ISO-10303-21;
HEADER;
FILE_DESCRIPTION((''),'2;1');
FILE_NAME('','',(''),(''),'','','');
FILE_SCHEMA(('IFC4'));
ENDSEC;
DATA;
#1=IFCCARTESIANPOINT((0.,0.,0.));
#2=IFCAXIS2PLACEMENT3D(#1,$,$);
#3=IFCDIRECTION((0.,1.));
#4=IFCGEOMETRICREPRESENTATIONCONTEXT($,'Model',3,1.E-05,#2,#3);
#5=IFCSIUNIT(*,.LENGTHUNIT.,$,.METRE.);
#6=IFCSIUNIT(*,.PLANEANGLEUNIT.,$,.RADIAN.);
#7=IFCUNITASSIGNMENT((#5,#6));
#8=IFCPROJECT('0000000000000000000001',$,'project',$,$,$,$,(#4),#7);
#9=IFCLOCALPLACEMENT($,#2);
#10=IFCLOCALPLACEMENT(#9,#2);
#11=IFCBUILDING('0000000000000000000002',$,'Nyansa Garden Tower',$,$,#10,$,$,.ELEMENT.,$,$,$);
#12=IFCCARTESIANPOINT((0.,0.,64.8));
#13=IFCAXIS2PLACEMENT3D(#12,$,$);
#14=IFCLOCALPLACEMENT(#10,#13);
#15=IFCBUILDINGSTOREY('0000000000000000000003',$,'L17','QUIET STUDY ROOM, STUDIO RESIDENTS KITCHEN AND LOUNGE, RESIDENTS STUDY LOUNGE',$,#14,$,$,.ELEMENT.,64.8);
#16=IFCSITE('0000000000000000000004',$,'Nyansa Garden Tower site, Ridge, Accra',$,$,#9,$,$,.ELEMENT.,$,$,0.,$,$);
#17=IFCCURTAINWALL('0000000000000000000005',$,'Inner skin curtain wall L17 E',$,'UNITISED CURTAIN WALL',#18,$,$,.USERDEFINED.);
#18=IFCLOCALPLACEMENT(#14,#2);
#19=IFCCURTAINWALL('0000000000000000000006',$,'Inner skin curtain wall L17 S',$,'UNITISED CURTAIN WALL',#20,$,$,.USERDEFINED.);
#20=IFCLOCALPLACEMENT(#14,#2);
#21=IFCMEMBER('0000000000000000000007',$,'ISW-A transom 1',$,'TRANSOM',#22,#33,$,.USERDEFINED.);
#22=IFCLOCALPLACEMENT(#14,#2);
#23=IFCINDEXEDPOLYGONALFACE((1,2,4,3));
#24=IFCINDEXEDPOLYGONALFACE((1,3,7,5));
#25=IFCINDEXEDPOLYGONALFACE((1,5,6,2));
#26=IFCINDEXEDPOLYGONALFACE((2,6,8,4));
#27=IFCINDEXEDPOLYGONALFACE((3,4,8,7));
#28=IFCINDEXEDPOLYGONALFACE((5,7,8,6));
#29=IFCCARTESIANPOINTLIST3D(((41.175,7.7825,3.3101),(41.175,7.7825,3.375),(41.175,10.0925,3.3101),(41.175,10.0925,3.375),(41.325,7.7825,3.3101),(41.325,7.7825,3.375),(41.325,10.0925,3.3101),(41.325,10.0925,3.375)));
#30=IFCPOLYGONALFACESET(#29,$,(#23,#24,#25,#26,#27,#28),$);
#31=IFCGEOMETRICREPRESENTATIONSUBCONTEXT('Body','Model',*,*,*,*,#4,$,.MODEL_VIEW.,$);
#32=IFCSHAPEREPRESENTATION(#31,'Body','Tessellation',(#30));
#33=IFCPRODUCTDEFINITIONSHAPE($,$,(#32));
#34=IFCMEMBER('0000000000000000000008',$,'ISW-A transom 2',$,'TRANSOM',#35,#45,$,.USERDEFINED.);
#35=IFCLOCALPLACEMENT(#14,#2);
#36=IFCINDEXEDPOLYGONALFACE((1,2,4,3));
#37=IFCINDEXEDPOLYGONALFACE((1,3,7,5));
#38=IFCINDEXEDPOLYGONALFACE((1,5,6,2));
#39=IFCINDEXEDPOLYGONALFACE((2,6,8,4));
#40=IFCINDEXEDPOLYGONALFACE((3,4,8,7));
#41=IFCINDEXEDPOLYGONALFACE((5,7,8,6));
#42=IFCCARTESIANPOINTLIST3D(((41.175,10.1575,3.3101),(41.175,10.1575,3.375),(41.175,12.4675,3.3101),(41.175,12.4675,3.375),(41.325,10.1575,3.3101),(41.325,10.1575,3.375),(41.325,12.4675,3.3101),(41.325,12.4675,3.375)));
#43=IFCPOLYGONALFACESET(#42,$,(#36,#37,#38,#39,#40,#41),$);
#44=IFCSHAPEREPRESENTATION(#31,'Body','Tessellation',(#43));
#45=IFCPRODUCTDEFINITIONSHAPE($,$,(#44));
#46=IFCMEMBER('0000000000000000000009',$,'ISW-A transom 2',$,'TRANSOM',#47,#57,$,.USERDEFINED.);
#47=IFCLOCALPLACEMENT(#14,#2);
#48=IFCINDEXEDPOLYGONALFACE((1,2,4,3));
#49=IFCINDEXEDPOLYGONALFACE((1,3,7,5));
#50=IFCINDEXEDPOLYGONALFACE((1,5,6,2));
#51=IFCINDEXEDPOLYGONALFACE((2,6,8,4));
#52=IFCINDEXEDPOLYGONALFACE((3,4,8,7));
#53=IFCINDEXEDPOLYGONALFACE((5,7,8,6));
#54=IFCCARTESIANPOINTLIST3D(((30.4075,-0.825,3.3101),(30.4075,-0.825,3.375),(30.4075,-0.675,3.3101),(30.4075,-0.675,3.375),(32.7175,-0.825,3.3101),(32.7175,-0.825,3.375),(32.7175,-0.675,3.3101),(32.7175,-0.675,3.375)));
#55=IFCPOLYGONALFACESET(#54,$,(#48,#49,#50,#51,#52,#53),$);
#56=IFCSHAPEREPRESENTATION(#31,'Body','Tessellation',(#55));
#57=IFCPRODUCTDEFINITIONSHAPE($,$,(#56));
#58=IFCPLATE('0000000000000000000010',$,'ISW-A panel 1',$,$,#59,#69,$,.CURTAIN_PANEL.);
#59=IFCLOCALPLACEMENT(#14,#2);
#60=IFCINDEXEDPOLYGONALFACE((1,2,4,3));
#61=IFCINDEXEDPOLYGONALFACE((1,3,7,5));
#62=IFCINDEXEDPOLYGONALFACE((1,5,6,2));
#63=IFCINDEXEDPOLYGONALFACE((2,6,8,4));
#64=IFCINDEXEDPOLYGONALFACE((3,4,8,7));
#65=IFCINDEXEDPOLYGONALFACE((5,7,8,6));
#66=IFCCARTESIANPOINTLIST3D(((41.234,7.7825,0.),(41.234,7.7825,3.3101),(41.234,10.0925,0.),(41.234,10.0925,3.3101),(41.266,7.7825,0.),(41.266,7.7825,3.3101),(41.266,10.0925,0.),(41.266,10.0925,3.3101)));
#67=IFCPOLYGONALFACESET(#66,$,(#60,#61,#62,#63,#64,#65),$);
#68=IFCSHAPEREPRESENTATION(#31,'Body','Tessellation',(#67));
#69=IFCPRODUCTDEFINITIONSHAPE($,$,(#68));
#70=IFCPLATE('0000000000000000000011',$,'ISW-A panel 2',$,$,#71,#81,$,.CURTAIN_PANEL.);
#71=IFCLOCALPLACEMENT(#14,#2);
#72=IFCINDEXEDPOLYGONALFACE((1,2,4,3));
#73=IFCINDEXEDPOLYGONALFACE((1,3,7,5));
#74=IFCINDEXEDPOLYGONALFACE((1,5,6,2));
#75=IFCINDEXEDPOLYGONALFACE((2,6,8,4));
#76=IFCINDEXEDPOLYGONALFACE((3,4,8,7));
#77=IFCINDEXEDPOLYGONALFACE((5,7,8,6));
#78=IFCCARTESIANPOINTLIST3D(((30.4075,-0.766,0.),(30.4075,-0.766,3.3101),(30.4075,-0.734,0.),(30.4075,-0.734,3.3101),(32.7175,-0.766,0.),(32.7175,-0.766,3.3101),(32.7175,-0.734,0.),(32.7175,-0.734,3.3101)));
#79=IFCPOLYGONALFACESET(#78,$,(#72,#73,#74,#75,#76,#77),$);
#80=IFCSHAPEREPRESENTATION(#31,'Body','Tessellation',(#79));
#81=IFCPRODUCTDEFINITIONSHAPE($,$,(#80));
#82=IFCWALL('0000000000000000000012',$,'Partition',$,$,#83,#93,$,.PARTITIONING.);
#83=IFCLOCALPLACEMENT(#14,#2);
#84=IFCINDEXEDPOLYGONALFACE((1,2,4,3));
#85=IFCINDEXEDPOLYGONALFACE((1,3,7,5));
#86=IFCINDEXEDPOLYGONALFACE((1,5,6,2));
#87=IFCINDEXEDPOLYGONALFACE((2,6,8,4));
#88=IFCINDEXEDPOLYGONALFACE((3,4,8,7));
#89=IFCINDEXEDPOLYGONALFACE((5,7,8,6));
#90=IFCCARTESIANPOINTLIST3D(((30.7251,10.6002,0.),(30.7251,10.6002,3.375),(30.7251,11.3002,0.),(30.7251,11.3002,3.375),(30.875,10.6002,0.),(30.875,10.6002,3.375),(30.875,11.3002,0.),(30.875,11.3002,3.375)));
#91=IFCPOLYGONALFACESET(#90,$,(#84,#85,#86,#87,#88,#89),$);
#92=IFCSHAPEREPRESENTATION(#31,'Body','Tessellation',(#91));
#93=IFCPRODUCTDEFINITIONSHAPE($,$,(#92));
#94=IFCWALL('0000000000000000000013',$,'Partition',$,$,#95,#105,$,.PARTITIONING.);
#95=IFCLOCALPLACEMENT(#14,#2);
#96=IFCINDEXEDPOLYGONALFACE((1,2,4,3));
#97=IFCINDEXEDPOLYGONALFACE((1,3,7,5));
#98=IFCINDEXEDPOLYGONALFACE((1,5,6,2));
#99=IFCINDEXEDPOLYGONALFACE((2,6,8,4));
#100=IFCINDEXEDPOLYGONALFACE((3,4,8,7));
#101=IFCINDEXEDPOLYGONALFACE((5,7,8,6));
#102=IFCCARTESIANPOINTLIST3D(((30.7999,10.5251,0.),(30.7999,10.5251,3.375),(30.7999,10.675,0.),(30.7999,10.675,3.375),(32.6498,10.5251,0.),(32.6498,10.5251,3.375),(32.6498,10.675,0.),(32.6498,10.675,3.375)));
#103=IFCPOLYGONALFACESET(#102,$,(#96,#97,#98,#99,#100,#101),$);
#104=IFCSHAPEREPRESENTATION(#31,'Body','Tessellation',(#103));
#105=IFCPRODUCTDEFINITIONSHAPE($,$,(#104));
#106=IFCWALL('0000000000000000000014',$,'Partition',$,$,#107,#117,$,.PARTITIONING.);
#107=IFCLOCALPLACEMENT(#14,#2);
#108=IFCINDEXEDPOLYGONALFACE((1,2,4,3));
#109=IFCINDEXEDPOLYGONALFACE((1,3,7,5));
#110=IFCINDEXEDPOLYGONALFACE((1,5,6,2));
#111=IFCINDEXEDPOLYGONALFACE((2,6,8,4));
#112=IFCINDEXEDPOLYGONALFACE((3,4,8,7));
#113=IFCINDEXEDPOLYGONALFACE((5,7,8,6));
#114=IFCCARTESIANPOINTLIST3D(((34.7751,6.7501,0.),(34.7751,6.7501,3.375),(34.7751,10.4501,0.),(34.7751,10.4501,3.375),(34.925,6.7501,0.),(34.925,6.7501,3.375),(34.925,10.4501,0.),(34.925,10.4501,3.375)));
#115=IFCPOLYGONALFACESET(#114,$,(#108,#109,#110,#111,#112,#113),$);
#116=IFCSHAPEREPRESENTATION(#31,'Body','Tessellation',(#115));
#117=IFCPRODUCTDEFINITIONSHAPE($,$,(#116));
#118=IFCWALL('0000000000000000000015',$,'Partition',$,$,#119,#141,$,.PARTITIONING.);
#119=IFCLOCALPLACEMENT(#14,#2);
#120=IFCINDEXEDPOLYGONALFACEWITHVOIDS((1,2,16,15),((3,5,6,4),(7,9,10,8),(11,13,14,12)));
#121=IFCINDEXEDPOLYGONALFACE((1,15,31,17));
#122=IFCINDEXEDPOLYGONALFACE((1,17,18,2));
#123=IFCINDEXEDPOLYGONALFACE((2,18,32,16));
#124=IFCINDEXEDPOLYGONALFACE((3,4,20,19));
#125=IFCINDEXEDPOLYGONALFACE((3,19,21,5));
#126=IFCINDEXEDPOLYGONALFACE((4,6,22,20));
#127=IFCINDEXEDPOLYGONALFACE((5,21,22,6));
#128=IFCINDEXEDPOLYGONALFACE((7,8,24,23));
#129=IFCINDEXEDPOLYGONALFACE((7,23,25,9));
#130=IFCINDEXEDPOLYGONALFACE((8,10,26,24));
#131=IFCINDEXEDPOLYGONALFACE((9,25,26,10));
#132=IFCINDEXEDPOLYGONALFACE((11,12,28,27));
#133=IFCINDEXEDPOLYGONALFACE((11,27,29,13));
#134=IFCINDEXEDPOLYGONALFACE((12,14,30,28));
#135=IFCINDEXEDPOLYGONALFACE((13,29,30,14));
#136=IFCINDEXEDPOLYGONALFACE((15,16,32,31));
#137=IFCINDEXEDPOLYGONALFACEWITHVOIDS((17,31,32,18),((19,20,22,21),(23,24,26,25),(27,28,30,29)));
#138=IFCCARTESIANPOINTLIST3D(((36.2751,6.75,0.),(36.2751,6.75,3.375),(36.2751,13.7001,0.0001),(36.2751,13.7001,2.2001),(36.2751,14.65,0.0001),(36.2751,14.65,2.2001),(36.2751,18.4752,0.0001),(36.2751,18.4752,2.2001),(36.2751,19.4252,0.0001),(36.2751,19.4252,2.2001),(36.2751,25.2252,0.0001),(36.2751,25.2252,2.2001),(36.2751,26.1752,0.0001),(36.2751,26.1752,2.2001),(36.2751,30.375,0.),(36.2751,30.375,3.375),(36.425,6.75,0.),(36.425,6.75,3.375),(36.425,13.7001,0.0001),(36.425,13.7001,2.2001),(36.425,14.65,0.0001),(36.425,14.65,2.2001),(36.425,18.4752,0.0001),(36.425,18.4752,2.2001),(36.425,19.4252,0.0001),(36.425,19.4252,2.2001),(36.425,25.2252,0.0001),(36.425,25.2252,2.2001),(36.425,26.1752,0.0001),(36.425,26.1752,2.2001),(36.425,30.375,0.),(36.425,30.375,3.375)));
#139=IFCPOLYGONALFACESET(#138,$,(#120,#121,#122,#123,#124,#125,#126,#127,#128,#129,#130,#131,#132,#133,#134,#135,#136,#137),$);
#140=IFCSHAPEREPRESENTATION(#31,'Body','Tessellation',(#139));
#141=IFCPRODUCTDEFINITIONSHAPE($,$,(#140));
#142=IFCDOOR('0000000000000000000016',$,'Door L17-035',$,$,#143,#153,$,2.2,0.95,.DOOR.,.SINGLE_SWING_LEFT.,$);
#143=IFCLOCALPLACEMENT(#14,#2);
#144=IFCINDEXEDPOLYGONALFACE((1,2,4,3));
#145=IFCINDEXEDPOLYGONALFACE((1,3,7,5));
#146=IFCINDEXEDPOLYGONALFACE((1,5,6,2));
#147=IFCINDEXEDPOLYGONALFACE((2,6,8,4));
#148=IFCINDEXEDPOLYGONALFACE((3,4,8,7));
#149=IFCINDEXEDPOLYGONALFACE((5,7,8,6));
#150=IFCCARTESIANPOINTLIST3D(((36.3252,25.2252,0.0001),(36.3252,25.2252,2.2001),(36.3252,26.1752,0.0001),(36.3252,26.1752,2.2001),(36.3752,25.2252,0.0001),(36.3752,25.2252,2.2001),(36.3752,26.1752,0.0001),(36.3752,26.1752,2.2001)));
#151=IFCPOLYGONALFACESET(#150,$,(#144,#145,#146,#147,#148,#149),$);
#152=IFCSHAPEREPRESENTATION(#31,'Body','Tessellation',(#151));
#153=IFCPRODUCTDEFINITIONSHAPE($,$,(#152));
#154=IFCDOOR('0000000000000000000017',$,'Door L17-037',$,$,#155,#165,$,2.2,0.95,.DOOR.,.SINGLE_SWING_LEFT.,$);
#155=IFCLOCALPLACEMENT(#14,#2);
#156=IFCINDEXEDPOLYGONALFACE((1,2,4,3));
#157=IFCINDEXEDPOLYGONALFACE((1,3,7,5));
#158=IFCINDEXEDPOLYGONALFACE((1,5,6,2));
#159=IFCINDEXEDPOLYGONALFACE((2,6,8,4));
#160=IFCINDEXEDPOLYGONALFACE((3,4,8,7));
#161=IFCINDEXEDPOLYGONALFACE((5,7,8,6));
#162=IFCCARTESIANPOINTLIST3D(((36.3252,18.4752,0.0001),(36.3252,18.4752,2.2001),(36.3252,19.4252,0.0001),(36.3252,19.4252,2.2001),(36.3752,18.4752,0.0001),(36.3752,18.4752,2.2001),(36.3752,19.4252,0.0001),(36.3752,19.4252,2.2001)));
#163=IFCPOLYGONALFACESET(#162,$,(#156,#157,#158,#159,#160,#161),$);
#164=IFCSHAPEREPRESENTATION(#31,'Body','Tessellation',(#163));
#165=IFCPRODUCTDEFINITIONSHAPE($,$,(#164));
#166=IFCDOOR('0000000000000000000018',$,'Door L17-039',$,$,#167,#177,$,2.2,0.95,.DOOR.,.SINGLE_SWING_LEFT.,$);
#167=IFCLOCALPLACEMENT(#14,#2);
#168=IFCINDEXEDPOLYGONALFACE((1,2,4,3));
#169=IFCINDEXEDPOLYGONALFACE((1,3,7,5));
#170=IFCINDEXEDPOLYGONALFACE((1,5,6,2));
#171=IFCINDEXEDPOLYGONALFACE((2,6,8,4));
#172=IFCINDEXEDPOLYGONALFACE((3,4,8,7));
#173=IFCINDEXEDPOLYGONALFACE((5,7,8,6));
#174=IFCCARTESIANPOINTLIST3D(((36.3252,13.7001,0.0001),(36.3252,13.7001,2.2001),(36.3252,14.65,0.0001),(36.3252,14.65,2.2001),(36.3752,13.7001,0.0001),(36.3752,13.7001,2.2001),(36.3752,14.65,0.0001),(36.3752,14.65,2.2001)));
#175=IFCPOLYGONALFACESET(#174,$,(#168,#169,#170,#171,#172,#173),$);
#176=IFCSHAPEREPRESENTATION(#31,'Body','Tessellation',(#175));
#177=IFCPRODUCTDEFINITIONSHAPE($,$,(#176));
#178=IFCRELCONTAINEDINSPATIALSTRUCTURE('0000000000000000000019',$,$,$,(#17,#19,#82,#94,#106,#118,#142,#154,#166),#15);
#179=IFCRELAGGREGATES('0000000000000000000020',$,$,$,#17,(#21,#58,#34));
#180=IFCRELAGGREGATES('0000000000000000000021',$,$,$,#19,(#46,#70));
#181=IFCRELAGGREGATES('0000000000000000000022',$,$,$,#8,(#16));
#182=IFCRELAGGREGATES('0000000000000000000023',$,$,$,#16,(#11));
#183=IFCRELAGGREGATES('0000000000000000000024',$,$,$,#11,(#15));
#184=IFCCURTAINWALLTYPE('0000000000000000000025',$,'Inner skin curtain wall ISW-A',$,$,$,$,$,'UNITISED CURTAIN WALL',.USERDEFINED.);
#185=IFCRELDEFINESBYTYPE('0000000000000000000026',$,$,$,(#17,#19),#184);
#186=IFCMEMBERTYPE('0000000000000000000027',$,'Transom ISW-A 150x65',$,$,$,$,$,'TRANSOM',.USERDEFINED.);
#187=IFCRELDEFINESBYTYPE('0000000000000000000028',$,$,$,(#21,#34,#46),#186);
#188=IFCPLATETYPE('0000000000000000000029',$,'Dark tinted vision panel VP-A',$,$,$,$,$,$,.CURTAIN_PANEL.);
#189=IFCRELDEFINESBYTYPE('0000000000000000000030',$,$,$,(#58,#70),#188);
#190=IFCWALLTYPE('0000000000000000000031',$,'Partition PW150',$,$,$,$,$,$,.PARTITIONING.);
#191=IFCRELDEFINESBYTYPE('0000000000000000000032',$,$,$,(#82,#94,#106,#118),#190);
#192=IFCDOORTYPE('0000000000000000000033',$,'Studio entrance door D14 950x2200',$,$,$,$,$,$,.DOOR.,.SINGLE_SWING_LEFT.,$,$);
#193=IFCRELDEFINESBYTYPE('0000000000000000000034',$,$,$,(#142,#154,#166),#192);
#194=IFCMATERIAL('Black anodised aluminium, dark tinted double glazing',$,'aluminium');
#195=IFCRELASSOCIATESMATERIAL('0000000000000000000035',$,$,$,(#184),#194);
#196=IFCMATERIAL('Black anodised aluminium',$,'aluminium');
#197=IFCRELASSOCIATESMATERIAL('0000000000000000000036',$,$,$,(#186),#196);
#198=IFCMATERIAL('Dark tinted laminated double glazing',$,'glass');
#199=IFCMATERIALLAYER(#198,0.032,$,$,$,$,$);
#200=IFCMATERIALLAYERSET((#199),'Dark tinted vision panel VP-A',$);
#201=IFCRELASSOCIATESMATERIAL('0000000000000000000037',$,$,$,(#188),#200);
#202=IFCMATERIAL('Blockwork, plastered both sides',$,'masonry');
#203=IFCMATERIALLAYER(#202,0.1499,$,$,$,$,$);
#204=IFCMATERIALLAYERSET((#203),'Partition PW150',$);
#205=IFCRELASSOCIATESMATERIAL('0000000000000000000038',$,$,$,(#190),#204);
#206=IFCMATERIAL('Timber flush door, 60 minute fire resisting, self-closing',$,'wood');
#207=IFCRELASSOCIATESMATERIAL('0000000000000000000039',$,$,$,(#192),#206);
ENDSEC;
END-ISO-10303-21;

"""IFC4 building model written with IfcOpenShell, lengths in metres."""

from ifc_helpers import new_model, si_unit, direction, frame, frame_2d, origin, origin_2d, place, context, subcontext, project, spatial, rectangle, extrude, material, layer, layer_set, material_profile, profile_set, type_object, element, fill, aggregate, save


model = new_model("IFC4")

# Units and contexts
model_context = context("Model", 3, precision=1e-05, world=origin(), true_north=direction((0.0, 1.0)))
body_context = subcontext(model_context, "Body", "Model", "MODEL_VIEW")
ifc_project = project(units=[si_unit("LENGTHUNIT", "METRE"), si_unit("PLANEANGLEUNIT", "RADIAN")], contexts=[model_context])

# Site, building, storey
site_placement = place(None, origin())
site = spatial("IfcSite", under=ifc_project, at=site_placement, Name="Nyansa Garden Tower site, Ridge, Accra", CompositionType="ELEMENT", RefElevation=0.0)
building_placement = place(site_placement, origin())
building = spatial("IfcBuilding", under=site, at=building_placement, Name="Nyansa Garden Tower", CompositionType="ELEMENT")
storey_placement = place(building_placement, frame((0.0, 0.0, 64.8)))
storey = spatial("IfcBuildingStorey", under=building, at=storey_placement, Name="L17", Description="QUIET STUDY ROOM, STUDIO RESIDENTS KITCHEN AND LOUNGE, RESIDENTS STUDY LOUNGE", CompositionType="ELEMENT", Elevation=64.8)

# Curtain wall
ifc_material_1 = material(Name="Black anodised aluminium, dark tinted double glazing", Category="aluminium")
curtain_wall_type = type_object("IfcCurtainWallType", Name="Inner skin curtain wall ISW-A", ElementType="UNITISED CURTAIN WALL", PredefinedType="USERDEFINED", material=ifc_material_1)
curtain_wall_1_placement = place(storey_placement, origin())
curtain_wall_1 = element("IfcCurtainWall", 1, at=curtain_wall_1_placement, inside=storey, type_object=curtain_wall_type, Name="Inner skin curtain wall L17 E", ObjectType="UNITISED CURTAIN WALL", PredefinedType="USERDEFINED")

# Curtain wall
curtain_wall_2_placement = place(storey_placement, origin())
curtain_wall_2 = element("IfcCurtainWall", 2, at=curtain_wall_2_placement, inside=storey, type_object=curtain_wall_type, Name="Inner skin curtain wall L17 S", ObjectType="UNITISED CURTAIN WALL", PredefinedType="USERDEFINED")

# Members
ifc_material_2 = material(Name="Black anodised aluminium", Category="aluminium")
ifc_material_profile_1 = material_profile(ifc_material_2, rectangle(XDim=0.1499, YDim=0.0649, at=origin_2d()), Name="Transom 150x65")
ifc_profile_set_1 = profile_set([ifc_material_profile_1], Name="Black anodised aluminium")
member_type_1 = type_object("IfcMemberType", Name="Transom ISW-A 150x65", ElementType="TRANSOM", PredefinedType="USERDEFINED", material=ifc_profile_set_1)
member_1_placement = place(storey_placement, frame((41.25, 7.7825, 3.3425), z_axis=(0.0, 1.0, 0.0), x_axis=(-1.0, 0.0, 0.0)))
member_1 = element("IfcMember", 3, at=member_1_placement, type_object=member_type_1, Name="ISW-A transom 1", ObjectType="TRANSOM", PredefinedType="USERDEFINED", context=body_context, shape_type="SweptSolid", body=[
    extrude(rectangle(XDim=0.1499, YDim=0.0649, at=origin_2d()), origin(), (0.0, 0.0, 1.0), 2.3101),
])
member_2_placement = place(storey_placement, frame((41.25, 10.1575, 3.3425), z_axis=(0.0, 1.0, 0.0), x_axis=(-1.0, 0.0, 0.0)))
member_2 = element("IfcMember", 4, at=member_2_placement, type_object=member_type_1, Name="ISW-A transom 2", ObjectType="TRANSOM", PredefinedType="USERDEFINED", context=body_context, shape_type="SweptSolid", body=[
    extrude(rectangle(XDim=0.1499, YDim=0.0649, at=origin_2d()), origin(), (0.0, 0.0, 1.0), 2.3101),
])
member_3_placement = place(storey_placement, frame((30.4075, -0.75, 3.3425), z_axis=(1.0, 0.0, 0.0), x_axis=(0.0, 1.0, 0.0)))
member_3 = element("IfcMember", 5, at=member_3_placement, type_object=member_type_1, Name="ISW-A transom 2", ObjectType="TRANSOM", PredefinedType="USERDEFINED", context=body_context, shape_type="SweptSolid", body=[
    extrude(rectangle(XDim=0.1499, YDim=0.0649, at=origin_2d()), origin(), (0.0, 0.0, 1.0), 2.3101),
])

# Plates
ifc_material_3 = material(Name="Dark tinted laminated double glazing", Category="glass")
ifc_layer_1 = layer(ifc_material_3, 0.032)
ifc_layer_set_1 = layer_set([ifc_layer_1], Name="Dark tinted vision panel VP-A")
plate_type = type_object("IfcPlateType", Name="Dark tinted vision panel VP-A", PredefinedType="CURTAIN_PANEL", material=ifc_layer_set_1)
plate_1_placement = place(storey_placement, frame((41.25, 8.9375, 0.0), z_axis=(0.0, 0.0, 1.0), x_axis=(0.0, 1.0, 0.0)))
plate_1 = element("IfcPlate", 6, at=plate_1_placement, type_object=plate_type, Name="ISW-A panel 1", PredefinedType="CURTAIN_PANEL", context=body_context, shape_type="SweptSolid", body=[
    extrude(rectangle(XDim=2.3101, YDim=0.032, at=origin_2d()), origin(), (0.0, 0.0, 1.0), 3.3101),
])
aggregate(curtain_wall_1, [member_1, plate_1, member_2])
plate_2_placement = place(storey_placement, frame((31.5625, -0.75, 0.0), z_axis=(0.0, 0.0, 1.0), x_axis=(1.0, 0.0, 0.0)))
plate_2 = element("IfcPlate", 7, at=plate_2_placement, type_object=plate_type, Name="ISW-A panel 2", PredefinedType="CURTAIN_PANEL", context=body_context, shape_type="SweptSolid", body=[
    extrude(rectangle(XDim=2.3101, YDim=0.032, at=origin_2d()), origin(), (0.0, 0.0, 1.0), 3.3101),
])
aggregate(curtain_wall_2, [member_3, plate_2])

# Walls
ifc_material_4 = material(Name="Blockwork, plastered both sides", Category="masonry")
ifc_layer_2 = layer(ifc_material_4, 0.1499)
ifc_layer_set_2 = layer_set([ifc_layer_2], Name="Partition PW150")
wall_type_1 = type_object("IfcWallType", Name="Partition PW150", PredefinedType="PARTITIONING", material=ifc_layer_set_2)
wall_1_placement = place(storey_placement, frame((30.8, 10.6001, 0.0), z_axis=(0.0, 0.0, 1.0), x_axis=(0.0, 1.0, 0.0)))
element("IfcWall", 8, at=wall_1_placement, inside=storey, type_object=wall_type_1, Name="Partition", PredefinedType="PARTITIONING", context=body_context, shape_type="SweptSolid", body=[
    extrude(rectangle(XDim=0.7, YDim=0.1499, at=frame_2d((0.3501, 0.0))), origin(), (0.0, 0.0, 1.0), 3.375),
])
wall_2_placement = place(storey_placement, frame((30.8, 10.6001, 0.0), z_axis=(0.0, 0.0, 1.0), x_axis=(1.0, 0.0, 0.0)))
element("IfcWall", 9, at=wall_2_placement, inside=storey, type_object=wall_type_1, Name="Partition", PredefinedType="PARTITIONING", context=body_context, shape_type="SweptSolid", body=[
    extrude(rectangle(XDim=1.8499, YDim=0.1499, at=frame_2d((0.9248, 0.0))), origin(), (0.0, 0.0, 1.0), 3.375),
])
wall_3_placement = place(storey_placement, frame((34.8501, 6.75, 0.0), z_axis=(0.0, 0.0, 1.0), x_axis=(0.0, 1.0, 0.0)))
element("IfcWall", 10, at=wall_3_placement, inside=storey, type_object=wall_type_1, Name="Partition", PredefinedType="PARTITIONING", context=body_context, shape_type="SweptSolid", body=[
    extrude(rectangle(XDim=3.7, YDim=0.1499, at=frame_2d((1.8501, 0.0))), origin(), (0.0, 0.0, 1.0), 3.375),
])

# Wall, openings, doors
wall_4_placement = place(storey_placement, frame((36.3501, 6.75, 0.0), z_axis=(0.0, 0.0, 1.0), x_axis=(0.0, 1.0, 0.0)))
wall_4 = element("IfcWall", 11, at=wall_4_placement, inside=storey, type_object=wall_type_1, Name="Partition", PredefinedType="PARTITIONING", context=body_context, shape_type="SweptSolid", body=[
    extrude(rectangle(XDim=23.625, YDim=0.1499, at=frame_2d((11.8125, 0.0))), origin(), (0.0, 0.0, 1.0), 3.375),
])
opening_1_placement = place(wall_4_placement, frame((18.4751, 0.0, 0.0)))
opening_1 = element("IfcOpeningElement", 12, at=opening_1_placement, cuts=wall_4, PredefinedType="OPENING", context=body_context, shape_type="SweptSolid", body=[
    extrude(rectangle(XDim=0.95, YDim=2.2, at=frame_2d((0.4751, 1.1001))), frame((0.0, 0.085, 0.0), z_axis=(0.0, -1.0, 0.0), x_axis=(1.0, 0.0, 0.0)), (0.0, 0.0, 1.0), 0.1699),
])
opening_2_placement = place(wall_4_placement, frame((11.7251, 0.0, 0.0)))
opening_2 = element("IfcOpeningElement", 13, at=opening_2_placement, cuts=wall_4, PredefinedType="OPENING", context=body_context, shape_type="SweptSolid", body=[
    extrude(rectangle(XDim=0.95, YDim=2.2, at=frame_2d((0.4751, 1.1001))), frame((0.0, 0.085, 0.0), z_axis=(0.0, -1.0, 0.0), x_axis=(1.0, 0.0, 0.0)), (0.0, 0.0, 1.0), 0.1699),
])
opening_3_placement = place(wall_4_placement, frame((6.95, 0.0, 0.0)))
opening_3 = element("IfcOpeningElement", 14, at=opening_3_placement, cuts=wall_4, PredefinedType="OPENING", context=body_context, shape_type="SweptSolid", body=[
    extrude(rectangle(XDim=0.95, YDim=2.2, at=frame_2d((0.4751, 1.1001))), frame((0.0, 0.085, 0.0), z_axis=(0.0, -1.0, 0.0), x_axis=(1.0, 0.0, 0.0)), (0.0, 0.0, 1.0), 0.1699),
])
ifc_material_5 = material(Name="Timber flush door, 60 minute fire resisting, self-closing", Category="wood")
door_type = type_object("IfcDoorType", Name="Studio entrance door D14 950x2200", OperationType="SINGLE_SWING_LEFT", PredefinedType="DOOR", material=ifc_material_5)
door_1_placement = place(opening_1_placement, origin())
door_1 = element("IfcDoor", 15, at=door_1_placement, inside=storey, type_object=door_type, Name="Door L17-035", OperationType="SINGLE_SWING_LEFT", OverallHeight=2.2, OverallWidth=0.95, PredefinedType="DOOR", context=body_context, shape_type="SweptSolid", body=[
    extrude(rectangle(XDim=0.95, YDim=2.2, at=frame_2d((0.4751, 1.1001))), frame((0.0, 0.0249, 0.0), z_axis=(0.0, -1.0, 0.0), x_axis=(1.0, 0.0, 0.0)), (0.0, 0.0, 1.0), 0.05),
])
fill(opening_1, door_1)
door_2_placement = place(opening_2_placement, origin())
door_2 = element("IfcDoor", 16, at=door_2_placement, inside=storey, type_object=door_type, Name="Door L17-037", OperationType="SINGLE_SWING_LEFT", OverallHeight=2.2, OverallWidth=0.95, PredefinedType="DOOR", context=body_context, shape_type="SweptSolid", body=[
    extrude(rectangle(XDim=0.95, YDim=2.2, at=frame_2d((0.4751, 1.1001))), frame((0.0, 0.0249, 0.0), z_axis=(0.0, -1.0, 0.0), x_axis=(1.0, 0.0, 0.0)), (0.0, 0.0, 1.0), 0.05),
])
fill(opening_2, door_2)
door_3_placement = place(opening_3_placement, origin())
door_3 = element("IfcDoor", 17, at=door_3_placement, inside=storey, type_object=door_type, Name="Door L17-039", OperationType="SINGLE_SWING_LEFT", OverallHeight=2.2, OverallWidth=0.95, PredefinedType="DOOR", context=body_context, shape_type="SweptSolid", body=[
    extrude(rectangle(XDim=0.95, YDim=2.2, at=frame_2d((0.4751, 1.1001))), frame((0.0, 0.0249, 0.0), z_axis=(0.0, -1.0, 0.0), x_axis=(1.0, 0.0, 0.0)), (0.0, 0.0, 1.0), 0.05),
])
fill(opening_3, door_3)

save(model, "model.ifc")
